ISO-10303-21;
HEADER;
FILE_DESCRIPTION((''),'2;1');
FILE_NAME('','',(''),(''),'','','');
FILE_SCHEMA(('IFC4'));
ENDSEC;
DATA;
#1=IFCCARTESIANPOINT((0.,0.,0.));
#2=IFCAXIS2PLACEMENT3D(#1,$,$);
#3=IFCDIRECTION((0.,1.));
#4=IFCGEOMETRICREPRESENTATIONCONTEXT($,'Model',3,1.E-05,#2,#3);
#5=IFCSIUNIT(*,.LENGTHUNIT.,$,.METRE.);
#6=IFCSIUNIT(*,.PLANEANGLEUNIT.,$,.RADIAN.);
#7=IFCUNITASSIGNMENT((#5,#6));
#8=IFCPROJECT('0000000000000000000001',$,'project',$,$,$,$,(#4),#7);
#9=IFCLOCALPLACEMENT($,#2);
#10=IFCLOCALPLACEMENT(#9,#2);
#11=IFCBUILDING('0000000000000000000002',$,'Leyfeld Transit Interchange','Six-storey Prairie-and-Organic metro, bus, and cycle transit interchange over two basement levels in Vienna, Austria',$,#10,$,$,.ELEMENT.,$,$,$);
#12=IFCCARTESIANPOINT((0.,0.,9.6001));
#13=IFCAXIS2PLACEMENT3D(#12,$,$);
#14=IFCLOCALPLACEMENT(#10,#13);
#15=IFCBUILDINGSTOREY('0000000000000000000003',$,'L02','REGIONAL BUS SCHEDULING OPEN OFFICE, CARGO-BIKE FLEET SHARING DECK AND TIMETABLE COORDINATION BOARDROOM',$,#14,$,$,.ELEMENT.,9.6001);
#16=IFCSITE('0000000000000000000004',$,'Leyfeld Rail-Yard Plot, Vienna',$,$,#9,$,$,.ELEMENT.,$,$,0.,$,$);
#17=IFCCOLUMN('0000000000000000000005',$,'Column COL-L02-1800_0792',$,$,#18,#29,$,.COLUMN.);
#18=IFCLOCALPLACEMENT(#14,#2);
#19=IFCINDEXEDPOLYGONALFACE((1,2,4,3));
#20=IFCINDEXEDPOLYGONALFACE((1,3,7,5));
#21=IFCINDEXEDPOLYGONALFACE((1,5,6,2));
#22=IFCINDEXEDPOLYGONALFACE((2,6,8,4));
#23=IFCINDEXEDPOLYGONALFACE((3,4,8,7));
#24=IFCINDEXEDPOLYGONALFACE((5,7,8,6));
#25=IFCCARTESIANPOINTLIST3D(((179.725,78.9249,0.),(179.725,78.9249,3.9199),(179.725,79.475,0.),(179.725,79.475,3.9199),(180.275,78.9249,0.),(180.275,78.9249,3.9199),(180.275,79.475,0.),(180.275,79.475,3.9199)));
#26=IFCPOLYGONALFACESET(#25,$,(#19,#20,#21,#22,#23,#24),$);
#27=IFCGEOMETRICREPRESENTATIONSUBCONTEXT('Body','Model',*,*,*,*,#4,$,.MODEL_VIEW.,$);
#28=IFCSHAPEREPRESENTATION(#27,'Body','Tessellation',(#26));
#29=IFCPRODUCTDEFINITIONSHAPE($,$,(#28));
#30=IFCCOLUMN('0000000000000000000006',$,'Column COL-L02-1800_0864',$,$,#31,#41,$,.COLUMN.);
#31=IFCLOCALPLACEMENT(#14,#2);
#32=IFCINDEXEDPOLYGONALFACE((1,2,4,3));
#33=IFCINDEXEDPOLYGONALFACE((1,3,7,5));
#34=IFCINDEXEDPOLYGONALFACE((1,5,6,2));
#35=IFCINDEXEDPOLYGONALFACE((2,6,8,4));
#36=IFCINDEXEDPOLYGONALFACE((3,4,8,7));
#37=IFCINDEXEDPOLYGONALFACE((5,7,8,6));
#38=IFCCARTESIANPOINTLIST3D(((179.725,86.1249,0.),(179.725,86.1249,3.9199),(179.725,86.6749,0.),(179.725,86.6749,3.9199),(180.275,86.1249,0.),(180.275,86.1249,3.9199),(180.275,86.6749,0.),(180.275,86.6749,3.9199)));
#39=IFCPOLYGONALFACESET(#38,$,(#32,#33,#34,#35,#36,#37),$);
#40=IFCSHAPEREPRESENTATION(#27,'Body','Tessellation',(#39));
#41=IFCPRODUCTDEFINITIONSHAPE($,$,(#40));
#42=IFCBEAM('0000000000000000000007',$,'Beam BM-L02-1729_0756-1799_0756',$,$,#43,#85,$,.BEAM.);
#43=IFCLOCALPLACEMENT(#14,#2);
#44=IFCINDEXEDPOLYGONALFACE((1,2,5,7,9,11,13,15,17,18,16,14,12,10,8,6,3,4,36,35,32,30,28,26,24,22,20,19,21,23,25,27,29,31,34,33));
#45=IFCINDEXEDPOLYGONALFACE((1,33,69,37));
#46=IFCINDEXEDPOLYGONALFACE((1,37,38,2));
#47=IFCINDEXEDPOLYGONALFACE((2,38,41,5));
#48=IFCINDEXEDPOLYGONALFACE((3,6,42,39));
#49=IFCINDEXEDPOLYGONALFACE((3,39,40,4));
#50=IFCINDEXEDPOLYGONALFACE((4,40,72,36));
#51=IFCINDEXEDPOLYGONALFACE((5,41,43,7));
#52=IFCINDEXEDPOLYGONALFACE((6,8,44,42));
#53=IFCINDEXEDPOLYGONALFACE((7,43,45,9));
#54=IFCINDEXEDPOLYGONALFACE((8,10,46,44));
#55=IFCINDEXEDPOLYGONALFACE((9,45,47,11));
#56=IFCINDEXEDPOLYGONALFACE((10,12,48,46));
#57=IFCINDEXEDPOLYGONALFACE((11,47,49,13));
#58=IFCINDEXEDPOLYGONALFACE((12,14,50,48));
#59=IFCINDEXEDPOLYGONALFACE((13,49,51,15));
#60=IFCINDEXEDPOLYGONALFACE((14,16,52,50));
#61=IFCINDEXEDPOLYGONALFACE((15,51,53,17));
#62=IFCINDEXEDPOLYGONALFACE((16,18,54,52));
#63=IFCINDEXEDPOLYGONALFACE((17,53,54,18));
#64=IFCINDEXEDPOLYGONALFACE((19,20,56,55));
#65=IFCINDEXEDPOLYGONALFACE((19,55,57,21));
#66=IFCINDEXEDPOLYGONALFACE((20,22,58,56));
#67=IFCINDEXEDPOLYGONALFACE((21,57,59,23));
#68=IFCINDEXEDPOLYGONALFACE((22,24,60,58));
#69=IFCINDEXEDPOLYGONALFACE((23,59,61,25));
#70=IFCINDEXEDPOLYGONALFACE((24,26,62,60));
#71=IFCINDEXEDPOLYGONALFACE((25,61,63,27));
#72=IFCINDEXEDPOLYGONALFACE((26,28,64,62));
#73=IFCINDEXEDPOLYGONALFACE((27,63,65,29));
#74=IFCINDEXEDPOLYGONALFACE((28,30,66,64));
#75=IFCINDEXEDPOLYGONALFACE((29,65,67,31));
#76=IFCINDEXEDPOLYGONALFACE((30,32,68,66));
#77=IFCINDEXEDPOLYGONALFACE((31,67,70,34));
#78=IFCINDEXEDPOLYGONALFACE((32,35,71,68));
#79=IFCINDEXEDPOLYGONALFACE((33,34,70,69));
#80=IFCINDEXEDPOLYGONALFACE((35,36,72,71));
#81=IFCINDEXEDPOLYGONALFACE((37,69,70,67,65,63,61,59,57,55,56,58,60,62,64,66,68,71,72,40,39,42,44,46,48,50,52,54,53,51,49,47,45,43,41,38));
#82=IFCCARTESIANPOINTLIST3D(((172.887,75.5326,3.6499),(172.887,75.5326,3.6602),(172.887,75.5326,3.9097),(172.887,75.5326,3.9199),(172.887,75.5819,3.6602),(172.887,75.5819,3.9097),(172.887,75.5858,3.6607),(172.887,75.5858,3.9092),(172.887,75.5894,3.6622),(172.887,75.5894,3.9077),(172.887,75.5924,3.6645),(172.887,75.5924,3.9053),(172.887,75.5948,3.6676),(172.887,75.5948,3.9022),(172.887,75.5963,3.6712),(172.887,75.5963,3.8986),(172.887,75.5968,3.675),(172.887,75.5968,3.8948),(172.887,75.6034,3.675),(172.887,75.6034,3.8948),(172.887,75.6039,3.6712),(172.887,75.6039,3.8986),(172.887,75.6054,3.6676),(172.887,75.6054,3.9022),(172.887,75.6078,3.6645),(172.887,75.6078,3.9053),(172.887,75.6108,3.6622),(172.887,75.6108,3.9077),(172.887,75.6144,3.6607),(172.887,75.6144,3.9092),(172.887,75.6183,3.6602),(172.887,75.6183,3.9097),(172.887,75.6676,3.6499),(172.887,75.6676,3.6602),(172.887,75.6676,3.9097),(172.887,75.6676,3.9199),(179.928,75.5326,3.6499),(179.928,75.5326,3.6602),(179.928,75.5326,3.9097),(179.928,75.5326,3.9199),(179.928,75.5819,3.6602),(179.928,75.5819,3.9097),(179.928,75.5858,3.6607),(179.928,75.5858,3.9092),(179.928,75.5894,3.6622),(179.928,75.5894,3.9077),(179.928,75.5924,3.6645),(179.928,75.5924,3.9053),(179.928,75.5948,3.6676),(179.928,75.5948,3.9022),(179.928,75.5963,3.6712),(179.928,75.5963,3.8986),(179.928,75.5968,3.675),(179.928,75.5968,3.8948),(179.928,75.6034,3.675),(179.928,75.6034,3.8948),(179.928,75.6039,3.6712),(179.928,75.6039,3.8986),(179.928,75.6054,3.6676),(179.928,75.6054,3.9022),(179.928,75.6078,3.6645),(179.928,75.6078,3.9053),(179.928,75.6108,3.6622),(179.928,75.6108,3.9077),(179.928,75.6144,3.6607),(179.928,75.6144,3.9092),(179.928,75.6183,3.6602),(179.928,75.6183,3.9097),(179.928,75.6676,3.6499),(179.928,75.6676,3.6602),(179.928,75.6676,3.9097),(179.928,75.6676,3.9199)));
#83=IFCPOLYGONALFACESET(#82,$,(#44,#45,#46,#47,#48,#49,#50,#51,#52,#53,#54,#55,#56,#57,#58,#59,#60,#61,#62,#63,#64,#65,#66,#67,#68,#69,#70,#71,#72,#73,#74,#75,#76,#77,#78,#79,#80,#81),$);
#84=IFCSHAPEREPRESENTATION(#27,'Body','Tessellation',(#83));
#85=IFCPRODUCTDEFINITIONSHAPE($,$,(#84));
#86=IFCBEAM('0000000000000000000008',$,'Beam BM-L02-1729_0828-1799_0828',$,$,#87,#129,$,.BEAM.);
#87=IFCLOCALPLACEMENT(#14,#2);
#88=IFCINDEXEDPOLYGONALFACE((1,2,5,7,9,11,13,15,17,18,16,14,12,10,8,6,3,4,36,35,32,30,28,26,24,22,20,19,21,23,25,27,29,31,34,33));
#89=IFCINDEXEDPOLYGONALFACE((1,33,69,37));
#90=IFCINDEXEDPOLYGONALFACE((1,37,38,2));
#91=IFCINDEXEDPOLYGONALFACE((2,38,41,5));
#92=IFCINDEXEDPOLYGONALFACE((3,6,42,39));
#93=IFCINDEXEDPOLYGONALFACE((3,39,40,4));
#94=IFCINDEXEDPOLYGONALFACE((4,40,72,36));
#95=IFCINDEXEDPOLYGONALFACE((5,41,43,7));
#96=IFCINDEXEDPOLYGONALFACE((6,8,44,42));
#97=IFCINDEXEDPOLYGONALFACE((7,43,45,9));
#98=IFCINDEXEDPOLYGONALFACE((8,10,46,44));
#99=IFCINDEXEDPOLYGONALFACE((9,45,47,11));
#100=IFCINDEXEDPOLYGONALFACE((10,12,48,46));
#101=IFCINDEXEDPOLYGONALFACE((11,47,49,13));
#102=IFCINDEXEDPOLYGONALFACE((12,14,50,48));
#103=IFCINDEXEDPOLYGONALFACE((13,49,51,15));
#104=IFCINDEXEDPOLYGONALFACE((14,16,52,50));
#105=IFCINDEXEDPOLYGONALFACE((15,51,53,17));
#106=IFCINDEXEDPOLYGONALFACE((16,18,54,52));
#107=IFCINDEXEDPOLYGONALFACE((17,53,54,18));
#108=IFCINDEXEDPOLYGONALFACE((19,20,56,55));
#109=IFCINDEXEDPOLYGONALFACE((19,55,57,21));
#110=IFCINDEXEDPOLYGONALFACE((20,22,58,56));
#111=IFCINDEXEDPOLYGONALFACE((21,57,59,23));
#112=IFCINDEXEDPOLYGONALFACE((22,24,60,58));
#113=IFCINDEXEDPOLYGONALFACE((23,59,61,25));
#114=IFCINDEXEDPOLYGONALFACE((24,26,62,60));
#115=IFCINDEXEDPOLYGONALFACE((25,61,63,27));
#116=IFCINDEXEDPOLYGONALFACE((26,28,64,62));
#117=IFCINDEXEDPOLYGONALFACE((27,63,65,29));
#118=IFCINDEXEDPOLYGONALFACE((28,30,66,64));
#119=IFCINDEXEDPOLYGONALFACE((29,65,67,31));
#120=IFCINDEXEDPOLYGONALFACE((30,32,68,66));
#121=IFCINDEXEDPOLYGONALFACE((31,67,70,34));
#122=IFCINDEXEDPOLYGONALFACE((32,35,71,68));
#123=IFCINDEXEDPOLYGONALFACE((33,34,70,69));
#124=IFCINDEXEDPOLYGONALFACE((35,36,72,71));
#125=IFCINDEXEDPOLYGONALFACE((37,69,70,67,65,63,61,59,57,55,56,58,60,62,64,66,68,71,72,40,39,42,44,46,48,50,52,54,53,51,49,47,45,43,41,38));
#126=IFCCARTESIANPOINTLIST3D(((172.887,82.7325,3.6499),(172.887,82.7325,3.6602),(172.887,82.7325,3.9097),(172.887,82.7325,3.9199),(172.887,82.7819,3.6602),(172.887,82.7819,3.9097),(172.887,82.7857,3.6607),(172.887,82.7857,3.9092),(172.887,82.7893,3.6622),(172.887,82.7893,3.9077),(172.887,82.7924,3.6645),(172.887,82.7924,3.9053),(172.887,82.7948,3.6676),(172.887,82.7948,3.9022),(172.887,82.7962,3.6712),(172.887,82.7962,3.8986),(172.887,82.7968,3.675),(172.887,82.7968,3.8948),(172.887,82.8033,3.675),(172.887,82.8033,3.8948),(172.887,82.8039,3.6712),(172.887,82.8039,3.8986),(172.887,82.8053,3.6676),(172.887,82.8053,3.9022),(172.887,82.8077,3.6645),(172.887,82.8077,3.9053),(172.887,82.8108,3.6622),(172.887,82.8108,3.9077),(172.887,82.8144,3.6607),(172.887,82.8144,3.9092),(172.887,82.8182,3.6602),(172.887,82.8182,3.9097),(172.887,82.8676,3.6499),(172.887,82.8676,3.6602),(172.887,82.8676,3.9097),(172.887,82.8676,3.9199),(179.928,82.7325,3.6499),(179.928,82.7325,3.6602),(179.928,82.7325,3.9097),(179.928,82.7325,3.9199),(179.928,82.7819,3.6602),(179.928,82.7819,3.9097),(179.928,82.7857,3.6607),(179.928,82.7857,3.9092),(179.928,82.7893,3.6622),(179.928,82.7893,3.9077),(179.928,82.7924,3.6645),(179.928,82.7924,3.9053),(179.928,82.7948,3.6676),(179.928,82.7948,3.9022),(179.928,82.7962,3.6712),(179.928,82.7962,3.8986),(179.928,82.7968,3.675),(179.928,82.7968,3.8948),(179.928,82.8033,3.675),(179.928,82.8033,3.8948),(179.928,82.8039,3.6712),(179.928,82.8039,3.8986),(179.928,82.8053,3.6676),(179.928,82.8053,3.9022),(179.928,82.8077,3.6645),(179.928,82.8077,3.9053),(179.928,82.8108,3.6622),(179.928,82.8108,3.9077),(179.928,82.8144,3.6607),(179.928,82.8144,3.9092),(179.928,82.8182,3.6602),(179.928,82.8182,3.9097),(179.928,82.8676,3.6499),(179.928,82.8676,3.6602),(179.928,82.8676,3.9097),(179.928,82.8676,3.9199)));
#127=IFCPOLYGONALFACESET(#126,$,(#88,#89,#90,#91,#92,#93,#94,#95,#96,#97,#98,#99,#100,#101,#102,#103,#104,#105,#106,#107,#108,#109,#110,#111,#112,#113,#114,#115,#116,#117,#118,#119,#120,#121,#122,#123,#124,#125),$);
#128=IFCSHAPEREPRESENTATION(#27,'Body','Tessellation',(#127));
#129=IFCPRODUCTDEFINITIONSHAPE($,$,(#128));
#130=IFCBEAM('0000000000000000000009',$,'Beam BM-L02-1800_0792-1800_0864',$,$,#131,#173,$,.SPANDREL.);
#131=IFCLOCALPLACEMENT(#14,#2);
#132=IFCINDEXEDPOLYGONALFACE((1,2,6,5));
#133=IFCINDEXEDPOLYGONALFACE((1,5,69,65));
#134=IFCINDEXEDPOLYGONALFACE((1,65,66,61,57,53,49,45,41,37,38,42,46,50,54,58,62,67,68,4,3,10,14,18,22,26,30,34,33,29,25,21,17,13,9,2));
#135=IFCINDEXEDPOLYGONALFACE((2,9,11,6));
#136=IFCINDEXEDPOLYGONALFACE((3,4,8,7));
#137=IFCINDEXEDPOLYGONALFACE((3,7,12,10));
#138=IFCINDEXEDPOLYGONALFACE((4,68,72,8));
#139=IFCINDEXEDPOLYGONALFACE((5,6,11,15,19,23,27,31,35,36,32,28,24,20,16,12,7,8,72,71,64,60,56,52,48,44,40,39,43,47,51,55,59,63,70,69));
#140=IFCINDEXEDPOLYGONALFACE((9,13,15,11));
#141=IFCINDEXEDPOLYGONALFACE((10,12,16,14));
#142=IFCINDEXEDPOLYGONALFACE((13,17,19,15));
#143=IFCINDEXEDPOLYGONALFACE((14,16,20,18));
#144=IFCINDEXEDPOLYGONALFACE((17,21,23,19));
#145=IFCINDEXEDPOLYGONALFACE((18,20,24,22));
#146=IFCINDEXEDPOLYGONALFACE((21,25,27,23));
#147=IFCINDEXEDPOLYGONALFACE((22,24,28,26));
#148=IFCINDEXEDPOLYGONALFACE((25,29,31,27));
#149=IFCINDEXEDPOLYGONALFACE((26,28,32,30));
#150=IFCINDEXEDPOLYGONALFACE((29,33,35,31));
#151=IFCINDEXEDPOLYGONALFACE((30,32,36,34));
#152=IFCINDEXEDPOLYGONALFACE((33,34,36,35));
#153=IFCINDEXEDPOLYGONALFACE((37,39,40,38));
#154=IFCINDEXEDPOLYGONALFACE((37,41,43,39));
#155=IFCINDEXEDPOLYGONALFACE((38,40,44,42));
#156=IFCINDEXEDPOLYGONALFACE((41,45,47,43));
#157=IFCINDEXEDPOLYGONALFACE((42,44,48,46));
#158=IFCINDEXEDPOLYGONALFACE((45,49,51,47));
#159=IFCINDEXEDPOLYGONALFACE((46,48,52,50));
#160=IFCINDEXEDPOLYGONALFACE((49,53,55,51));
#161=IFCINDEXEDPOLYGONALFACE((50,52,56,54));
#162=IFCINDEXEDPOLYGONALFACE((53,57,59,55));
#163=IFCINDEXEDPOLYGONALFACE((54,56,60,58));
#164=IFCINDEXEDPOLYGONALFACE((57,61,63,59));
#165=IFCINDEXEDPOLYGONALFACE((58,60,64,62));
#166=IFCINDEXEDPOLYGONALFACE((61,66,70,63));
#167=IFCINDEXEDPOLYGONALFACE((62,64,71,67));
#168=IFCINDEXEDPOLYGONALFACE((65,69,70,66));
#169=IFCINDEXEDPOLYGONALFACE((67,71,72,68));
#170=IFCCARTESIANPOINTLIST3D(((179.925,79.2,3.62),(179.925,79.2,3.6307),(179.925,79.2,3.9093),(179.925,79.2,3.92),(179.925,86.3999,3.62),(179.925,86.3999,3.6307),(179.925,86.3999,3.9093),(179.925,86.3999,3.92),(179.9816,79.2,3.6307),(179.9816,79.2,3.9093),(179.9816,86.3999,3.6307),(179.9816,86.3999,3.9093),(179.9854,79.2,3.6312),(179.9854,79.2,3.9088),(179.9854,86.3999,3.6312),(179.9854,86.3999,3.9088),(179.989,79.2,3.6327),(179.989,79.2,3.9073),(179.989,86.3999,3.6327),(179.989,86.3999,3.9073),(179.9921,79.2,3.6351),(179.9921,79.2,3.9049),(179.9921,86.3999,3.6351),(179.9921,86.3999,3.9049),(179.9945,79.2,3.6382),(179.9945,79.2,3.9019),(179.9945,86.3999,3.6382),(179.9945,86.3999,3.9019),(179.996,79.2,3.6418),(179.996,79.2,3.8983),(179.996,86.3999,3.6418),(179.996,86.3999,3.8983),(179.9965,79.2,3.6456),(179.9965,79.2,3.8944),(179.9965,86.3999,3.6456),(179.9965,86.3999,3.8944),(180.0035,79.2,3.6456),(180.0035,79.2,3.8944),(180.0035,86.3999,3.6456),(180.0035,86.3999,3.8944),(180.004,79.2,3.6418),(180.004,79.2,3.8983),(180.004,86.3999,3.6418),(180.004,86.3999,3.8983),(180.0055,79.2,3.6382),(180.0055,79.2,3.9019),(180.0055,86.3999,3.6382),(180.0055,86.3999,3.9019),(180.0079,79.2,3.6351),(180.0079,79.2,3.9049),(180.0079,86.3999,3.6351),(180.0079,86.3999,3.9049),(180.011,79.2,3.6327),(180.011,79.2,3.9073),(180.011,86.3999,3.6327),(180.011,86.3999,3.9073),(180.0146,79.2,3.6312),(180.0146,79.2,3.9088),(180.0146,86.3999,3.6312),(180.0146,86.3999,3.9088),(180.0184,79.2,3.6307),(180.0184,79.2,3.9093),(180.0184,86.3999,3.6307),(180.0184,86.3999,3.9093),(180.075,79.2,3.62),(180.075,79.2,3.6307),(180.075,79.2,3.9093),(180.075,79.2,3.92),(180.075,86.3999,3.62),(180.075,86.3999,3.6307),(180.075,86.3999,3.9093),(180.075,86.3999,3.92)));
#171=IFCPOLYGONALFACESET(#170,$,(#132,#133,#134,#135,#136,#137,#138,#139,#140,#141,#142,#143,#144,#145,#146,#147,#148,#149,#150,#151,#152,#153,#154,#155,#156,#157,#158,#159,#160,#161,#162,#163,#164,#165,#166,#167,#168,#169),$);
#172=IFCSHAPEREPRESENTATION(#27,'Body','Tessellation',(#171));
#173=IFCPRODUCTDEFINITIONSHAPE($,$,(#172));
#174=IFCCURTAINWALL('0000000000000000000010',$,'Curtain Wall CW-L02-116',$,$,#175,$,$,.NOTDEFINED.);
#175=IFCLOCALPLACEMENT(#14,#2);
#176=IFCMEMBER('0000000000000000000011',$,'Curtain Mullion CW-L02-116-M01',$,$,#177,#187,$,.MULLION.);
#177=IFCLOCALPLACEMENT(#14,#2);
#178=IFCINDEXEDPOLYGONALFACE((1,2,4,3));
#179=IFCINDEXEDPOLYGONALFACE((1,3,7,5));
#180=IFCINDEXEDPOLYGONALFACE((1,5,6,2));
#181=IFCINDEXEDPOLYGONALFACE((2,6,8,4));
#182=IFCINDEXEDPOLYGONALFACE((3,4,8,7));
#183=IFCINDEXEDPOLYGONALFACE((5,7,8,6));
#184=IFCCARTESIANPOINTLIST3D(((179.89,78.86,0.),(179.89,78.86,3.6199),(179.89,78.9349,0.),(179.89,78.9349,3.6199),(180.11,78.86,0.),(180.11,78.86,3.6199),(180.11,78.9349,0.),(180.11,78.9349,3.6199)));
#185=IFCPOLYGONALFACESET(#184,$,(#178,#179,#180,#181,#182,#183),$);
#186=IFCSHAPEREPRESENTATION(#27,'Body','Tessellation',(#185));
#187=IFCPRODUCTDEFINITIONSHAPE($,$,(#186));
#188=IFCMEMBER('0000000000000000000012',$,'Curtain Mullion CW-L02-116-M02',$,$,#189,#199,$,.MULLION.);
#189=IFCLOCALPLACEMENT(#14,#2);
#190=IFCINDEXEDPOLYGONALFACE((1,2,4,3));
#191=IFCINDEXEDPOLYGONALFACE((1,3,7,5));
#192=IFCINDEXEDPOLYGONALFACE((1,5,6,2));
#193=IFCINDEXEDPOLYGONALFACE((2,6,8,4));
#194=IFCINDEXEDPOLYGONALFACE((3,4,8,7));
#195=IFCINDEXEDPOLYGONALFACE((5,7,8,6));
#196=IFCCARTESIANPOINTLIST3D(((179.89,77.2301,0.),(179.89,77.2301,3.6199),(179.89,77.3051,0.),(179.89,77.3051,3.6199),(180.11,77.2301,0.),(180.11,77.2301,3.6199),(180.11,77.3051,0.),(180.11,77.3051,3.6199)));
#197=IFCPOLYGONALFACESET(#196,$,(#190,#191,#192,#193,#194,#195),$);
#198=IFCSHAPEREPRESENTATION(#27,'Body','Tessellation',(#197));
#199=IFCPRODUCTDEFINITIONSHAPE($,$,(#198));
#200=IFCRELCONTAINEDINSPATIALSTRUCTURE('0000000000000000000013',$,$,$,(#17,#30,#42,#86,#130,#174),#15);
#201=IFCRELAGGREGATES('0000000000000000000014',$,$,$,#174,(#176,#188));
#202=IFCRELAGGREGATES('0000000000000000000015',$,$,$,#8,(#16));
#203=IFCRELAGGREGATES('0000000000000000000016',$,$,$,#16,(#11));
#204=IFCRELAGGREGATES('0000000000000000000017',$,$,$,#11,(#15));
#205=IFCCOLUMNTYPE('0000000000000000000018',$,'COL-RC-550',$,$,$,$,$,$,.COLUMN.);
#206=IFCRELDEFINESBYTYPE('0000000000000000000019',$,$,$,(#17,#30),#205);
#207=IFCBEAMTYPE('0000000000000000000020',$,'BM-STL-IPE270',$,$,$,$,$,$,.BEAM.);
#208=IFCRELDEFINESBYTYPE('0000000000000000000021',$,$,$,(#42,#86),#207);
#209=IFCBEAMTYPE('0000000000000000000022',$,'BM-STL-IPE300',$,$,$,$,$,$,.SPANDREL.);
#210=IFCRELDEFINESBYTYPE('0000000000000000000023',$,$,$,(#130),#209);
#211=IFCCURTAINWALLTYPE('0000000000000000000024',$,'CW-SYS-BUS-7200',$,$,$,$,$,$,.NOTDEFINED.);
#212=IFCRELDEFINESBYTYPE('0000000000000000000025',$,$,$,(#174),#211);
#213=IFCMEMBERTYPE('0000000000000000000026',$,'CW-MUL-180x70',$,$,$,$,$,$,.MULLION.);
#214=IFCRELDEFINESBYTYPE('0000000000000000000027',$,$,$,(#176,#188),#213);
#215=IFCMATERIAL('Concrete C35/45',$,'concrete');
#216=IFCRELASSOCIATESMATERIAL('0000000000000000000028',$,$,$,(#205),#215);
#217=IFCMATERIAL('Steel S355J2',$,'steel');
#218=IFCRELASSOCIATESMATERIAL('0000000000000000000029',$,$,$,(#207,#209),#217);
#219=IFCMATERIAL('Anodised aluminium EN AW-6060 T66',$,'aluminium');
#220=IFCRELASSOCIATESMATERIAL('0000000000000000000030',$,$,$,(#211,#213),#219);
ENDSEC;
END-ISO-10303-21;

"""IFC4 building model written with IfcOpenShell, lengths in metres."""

from ifc_helpers import new_model, si_unit, direction, frame, origin, origin_2d, place, context, subcontext, project, spatial, rectangle, i_section, extrude, material, material_profile, profile_set, type_object, element, aggregate, save


model = new_model("IFC4")

# Units and contexts
model_context = context("Model", 3, precision=1e-05, world=origin(), true_north=direction((0.0, 1.0)))
body_context = subcontext(model_context, "Body", "Model", "MODEL_VIEW")
ifc_project = project(units=[si_unit("LENGTHUNIT", "METRE"), si_unit("PLANEANGLEUNIT", "RADIAN")], contexts=[model_context])

# Site, building, storey
site_placement = place(None, origin())
site = spatial("IfcSite", under=ifc_project, at=site_placement, Name="Leyfeld Rail-Yard Plot, Vienna", CompositionType="ELEMENT", RefElevation=0.0)
building_placement = place(site_placement, origin())
building = spatial("IfcBuilding", under=site, at=building_placement, Name="Leyfeld Transit Interchange", Description="Six-storey Prairie-and-Organic metro, bus, and cycle transit interchange over two basement levels in Vienna, Austria", CompositionType="ELEMENT")
storey_placement = place(building_placement, frame((0.0, 0.0, 9.6001)))
storey = spatial("IfcBuildingStorey", under=building, at=storey_placement, Name="L02", Description="REGIONAL BUS SCHEDULING OPEN OFFICE, CARGO-BIKE FLEET SHARING DECK AND TIMETABLE COORDINATION BOARDROOM", CompositionType="ELEMENT", Elevation=9.6001)

# Columns
ifc_material_1 = material(Name="Concrete C35/45", Category="concrete")
ifc_material_profile_1 = material_profile(ifc_material_1, rectangle(XDim=0.55, YDim=0.55, at=origin_2d()), Name="RC 550x550")
ifc_profile_set_1 = profile_set([ifc_material_profile_1], Name="Concrete C35/45")
column_type = type_object("IfcColumnType", Name="COL-RC-550", PredefinedType="COLUMN", material=ifc_profile_set_1)
for number, where, z_axis, x_axis, name in (
    (1, (180.0, 79.2, 0.0), (0.0, 0.0, 1.0), (1.0, 0.0, 0.0), "Column COL-L02-1800_0792"),
    (2, (180.0, 86.3999, 0.0), (0.0, 0.0, 1.0), (1.0, 0.0, 0.0), "Column COL-L02-1800_0864"),
):
    element("IfcColumn", number, at=place(storey_placement, frame(where, z_axis=z_axis, x_axis=x_axis)), inside=storey, type_object=column_type, Name=name, PredefinedType="COLUMN", context=body_context, shape_type="SweptSolid", body=[
        extrude(rectangle(XDim=0.55, YDim=0.55, at=origin_2d()), origin(), (0.0, 0.0, 1.0), 3.9199),
    ])

# Beams
ifc_material_2 = material(Name="Steel S355J2", Category="steel")
ifc_material_profile_2 = material_profile(ifc_material_2, i_section(OverallWidth=0.135, OverallDepth=0.27, WebThickness=0.0066, FlangeThickness=0.0103, FilletRadius=0.0149, at=origin_2d()), Name="IPE 270")
ifc_profile_set_2 = profile_set([ifc_material_profile_2], Name="Steel S355J2")
beam_type_1 = type_object("IfcBeamType", Name="BM-STL-IPE270", PredefinedType="BEAM", material=ifc_profile_set_2)
for number, where, z_axis, x_axis, name in (
    (3, (172.887, 75.6001, 3.7849), (1.0, 0.0, 0.0), (0.0, 1.0, 0.0), "Beam BM-L02-1729_0756-1799_0756"),
    (4, (172.887, 82.8, 3.7849), (1.0, 0.0, 0.0), (0.0, 1.0, 0.0), "Beam BM-L02-1729_0828-1799_0828"),
):
    element("IfcBeam", number, at=place(storey_placement, frame(where, z_axis=z_axis, x_axis=x_axis)), inside=storey, type_object=beam_type_1, Name=name, PredefinedType="BEAM", context=body_context, shape_type="SweptSolid", body=[
        extrude(i_section(OverallWidth=0.135, OverallDepth=0.27, WebThickness=0.0066, FlangeThickness=0.0103, FilletRadius=0.0149, at=origin_2d()), origin(), (0.0, 0.0, 1.0), 7.041),
    ])
ifc_material_profile_3 = material_profile(ifc_material_2, i_section(OverallWidth=0.1499, OverallDepth=0.3, WebThickness=0.0071, FlangeThickness=0.0107, FilletRadius=0.0149, at=origin_2d()), Name="IPE 300")
ifc_profile_set_3 = profile_set([ifc_material_profile_3], Name="Steel S355J2")
beam_type_2 = type_object("IfcBeamType", Name="BM-STL-IPE300", PredefinedType="SPANDREL", material=ifc_profile_set_3)
beam_placement = place(storey_placement, frame((180.0, 79.2, 3.77), z_axis=(0.0, 1.0, 0.0), x_axis=(-1.0, 0.0, 0.0)))
element("IfcBeam", 5, at=beam_placement, inside=storey, type_object=beam_type_2, Name="Beam BM-L02-1800_0792-1800_0864", PredefinedType="SPANDREL", context=body_context, shape_type="SweptSolid", body=[
    extrude(i_section(OverallWidth=0.1499, OverallDepth=0.3, WebThickness=0.0071, FlangeThickness=0.0107, FilletRadius=0.0149, at=origin_2d()), origin(), (0.0, 0.0, 1.0), 7.2),
])

# Curtain wall, members
ifc_material_3 = material(Name="Anodised aluminium EN AW-6060 T66", Category="aluminium")
curtain_wall_type = type_object("IfcCurtainWallType", Name="CW-SYS-BUS-7200", PredefinedType="NOTDEFINED", material=ifc_material_3)
curtain_wall_placement = place(storey_placement, origin())
curtain_wall = element("IfcCurtainWall", 6, at=curtain_wall_placement, inside=storey, type_object=curtain_wall_type, Name="Curtain Wall CW-L02-116", PredefinedType="NOTDEFINED")
ifc_material_profile_4 = material_profile(ifc_material_3, rectangle(XDim=0.075, YDim=0.22, at=origin_2d()), Name="CW-M 75x220")
ifc_profile_set_4 = profile_set([ifc_material_profile_4], Name="Anodised aluminium EN AW-6060 T66")
member_type_1 = type_object("IfcMemberType", Name="CW-MUL-180x70", PredefinedType="MULLION", material=ifc_profile_set_4)
member_1_placement = place(storey_placement, frame((180.0, 78.8975, 0.0), z_axis=(0.0, 0.0, 1.0), x_axis=(0.0, -1.0, 0.0)))
member_1 = element("IfcMember", 7, at=member_1_placement, type_object=member_type_1, Name="Curtain Mullion CW-L02-116-M01", PredefinedType="MULLION", context=body_context, shape_type="SweptSolid", body=[
    extrude(rectangle(XDim=0.075, YDim=0.22, at=origin_2d()), origin(), (0.0, 0.0, 1.0), 3.6199),
])
member_2_placement = place(storey_placement, frame((180.0, 77.2676, 0.0), z_axis=(0.0, 0.0, 1.0), x_axis=(0.0, -1.0, 0.0)))
member_2 = element("IfcMember", 8, at=member_2_placement, type_object=member_type_1, Name="Curtain Mullion CW-L02-116-M02", PredefinedType="MULLION", context=body_context, shape_type="SweptSolid", body=[
    extrude(rectangle(XDim=0.075, YDim=0.22, at=origin_2d()), origin(), (0.0, 0.0, 1.0), 3.6199),
])
aggregate(curtain_wall, [member_1, member_2])

save(model, "model.ifc")
